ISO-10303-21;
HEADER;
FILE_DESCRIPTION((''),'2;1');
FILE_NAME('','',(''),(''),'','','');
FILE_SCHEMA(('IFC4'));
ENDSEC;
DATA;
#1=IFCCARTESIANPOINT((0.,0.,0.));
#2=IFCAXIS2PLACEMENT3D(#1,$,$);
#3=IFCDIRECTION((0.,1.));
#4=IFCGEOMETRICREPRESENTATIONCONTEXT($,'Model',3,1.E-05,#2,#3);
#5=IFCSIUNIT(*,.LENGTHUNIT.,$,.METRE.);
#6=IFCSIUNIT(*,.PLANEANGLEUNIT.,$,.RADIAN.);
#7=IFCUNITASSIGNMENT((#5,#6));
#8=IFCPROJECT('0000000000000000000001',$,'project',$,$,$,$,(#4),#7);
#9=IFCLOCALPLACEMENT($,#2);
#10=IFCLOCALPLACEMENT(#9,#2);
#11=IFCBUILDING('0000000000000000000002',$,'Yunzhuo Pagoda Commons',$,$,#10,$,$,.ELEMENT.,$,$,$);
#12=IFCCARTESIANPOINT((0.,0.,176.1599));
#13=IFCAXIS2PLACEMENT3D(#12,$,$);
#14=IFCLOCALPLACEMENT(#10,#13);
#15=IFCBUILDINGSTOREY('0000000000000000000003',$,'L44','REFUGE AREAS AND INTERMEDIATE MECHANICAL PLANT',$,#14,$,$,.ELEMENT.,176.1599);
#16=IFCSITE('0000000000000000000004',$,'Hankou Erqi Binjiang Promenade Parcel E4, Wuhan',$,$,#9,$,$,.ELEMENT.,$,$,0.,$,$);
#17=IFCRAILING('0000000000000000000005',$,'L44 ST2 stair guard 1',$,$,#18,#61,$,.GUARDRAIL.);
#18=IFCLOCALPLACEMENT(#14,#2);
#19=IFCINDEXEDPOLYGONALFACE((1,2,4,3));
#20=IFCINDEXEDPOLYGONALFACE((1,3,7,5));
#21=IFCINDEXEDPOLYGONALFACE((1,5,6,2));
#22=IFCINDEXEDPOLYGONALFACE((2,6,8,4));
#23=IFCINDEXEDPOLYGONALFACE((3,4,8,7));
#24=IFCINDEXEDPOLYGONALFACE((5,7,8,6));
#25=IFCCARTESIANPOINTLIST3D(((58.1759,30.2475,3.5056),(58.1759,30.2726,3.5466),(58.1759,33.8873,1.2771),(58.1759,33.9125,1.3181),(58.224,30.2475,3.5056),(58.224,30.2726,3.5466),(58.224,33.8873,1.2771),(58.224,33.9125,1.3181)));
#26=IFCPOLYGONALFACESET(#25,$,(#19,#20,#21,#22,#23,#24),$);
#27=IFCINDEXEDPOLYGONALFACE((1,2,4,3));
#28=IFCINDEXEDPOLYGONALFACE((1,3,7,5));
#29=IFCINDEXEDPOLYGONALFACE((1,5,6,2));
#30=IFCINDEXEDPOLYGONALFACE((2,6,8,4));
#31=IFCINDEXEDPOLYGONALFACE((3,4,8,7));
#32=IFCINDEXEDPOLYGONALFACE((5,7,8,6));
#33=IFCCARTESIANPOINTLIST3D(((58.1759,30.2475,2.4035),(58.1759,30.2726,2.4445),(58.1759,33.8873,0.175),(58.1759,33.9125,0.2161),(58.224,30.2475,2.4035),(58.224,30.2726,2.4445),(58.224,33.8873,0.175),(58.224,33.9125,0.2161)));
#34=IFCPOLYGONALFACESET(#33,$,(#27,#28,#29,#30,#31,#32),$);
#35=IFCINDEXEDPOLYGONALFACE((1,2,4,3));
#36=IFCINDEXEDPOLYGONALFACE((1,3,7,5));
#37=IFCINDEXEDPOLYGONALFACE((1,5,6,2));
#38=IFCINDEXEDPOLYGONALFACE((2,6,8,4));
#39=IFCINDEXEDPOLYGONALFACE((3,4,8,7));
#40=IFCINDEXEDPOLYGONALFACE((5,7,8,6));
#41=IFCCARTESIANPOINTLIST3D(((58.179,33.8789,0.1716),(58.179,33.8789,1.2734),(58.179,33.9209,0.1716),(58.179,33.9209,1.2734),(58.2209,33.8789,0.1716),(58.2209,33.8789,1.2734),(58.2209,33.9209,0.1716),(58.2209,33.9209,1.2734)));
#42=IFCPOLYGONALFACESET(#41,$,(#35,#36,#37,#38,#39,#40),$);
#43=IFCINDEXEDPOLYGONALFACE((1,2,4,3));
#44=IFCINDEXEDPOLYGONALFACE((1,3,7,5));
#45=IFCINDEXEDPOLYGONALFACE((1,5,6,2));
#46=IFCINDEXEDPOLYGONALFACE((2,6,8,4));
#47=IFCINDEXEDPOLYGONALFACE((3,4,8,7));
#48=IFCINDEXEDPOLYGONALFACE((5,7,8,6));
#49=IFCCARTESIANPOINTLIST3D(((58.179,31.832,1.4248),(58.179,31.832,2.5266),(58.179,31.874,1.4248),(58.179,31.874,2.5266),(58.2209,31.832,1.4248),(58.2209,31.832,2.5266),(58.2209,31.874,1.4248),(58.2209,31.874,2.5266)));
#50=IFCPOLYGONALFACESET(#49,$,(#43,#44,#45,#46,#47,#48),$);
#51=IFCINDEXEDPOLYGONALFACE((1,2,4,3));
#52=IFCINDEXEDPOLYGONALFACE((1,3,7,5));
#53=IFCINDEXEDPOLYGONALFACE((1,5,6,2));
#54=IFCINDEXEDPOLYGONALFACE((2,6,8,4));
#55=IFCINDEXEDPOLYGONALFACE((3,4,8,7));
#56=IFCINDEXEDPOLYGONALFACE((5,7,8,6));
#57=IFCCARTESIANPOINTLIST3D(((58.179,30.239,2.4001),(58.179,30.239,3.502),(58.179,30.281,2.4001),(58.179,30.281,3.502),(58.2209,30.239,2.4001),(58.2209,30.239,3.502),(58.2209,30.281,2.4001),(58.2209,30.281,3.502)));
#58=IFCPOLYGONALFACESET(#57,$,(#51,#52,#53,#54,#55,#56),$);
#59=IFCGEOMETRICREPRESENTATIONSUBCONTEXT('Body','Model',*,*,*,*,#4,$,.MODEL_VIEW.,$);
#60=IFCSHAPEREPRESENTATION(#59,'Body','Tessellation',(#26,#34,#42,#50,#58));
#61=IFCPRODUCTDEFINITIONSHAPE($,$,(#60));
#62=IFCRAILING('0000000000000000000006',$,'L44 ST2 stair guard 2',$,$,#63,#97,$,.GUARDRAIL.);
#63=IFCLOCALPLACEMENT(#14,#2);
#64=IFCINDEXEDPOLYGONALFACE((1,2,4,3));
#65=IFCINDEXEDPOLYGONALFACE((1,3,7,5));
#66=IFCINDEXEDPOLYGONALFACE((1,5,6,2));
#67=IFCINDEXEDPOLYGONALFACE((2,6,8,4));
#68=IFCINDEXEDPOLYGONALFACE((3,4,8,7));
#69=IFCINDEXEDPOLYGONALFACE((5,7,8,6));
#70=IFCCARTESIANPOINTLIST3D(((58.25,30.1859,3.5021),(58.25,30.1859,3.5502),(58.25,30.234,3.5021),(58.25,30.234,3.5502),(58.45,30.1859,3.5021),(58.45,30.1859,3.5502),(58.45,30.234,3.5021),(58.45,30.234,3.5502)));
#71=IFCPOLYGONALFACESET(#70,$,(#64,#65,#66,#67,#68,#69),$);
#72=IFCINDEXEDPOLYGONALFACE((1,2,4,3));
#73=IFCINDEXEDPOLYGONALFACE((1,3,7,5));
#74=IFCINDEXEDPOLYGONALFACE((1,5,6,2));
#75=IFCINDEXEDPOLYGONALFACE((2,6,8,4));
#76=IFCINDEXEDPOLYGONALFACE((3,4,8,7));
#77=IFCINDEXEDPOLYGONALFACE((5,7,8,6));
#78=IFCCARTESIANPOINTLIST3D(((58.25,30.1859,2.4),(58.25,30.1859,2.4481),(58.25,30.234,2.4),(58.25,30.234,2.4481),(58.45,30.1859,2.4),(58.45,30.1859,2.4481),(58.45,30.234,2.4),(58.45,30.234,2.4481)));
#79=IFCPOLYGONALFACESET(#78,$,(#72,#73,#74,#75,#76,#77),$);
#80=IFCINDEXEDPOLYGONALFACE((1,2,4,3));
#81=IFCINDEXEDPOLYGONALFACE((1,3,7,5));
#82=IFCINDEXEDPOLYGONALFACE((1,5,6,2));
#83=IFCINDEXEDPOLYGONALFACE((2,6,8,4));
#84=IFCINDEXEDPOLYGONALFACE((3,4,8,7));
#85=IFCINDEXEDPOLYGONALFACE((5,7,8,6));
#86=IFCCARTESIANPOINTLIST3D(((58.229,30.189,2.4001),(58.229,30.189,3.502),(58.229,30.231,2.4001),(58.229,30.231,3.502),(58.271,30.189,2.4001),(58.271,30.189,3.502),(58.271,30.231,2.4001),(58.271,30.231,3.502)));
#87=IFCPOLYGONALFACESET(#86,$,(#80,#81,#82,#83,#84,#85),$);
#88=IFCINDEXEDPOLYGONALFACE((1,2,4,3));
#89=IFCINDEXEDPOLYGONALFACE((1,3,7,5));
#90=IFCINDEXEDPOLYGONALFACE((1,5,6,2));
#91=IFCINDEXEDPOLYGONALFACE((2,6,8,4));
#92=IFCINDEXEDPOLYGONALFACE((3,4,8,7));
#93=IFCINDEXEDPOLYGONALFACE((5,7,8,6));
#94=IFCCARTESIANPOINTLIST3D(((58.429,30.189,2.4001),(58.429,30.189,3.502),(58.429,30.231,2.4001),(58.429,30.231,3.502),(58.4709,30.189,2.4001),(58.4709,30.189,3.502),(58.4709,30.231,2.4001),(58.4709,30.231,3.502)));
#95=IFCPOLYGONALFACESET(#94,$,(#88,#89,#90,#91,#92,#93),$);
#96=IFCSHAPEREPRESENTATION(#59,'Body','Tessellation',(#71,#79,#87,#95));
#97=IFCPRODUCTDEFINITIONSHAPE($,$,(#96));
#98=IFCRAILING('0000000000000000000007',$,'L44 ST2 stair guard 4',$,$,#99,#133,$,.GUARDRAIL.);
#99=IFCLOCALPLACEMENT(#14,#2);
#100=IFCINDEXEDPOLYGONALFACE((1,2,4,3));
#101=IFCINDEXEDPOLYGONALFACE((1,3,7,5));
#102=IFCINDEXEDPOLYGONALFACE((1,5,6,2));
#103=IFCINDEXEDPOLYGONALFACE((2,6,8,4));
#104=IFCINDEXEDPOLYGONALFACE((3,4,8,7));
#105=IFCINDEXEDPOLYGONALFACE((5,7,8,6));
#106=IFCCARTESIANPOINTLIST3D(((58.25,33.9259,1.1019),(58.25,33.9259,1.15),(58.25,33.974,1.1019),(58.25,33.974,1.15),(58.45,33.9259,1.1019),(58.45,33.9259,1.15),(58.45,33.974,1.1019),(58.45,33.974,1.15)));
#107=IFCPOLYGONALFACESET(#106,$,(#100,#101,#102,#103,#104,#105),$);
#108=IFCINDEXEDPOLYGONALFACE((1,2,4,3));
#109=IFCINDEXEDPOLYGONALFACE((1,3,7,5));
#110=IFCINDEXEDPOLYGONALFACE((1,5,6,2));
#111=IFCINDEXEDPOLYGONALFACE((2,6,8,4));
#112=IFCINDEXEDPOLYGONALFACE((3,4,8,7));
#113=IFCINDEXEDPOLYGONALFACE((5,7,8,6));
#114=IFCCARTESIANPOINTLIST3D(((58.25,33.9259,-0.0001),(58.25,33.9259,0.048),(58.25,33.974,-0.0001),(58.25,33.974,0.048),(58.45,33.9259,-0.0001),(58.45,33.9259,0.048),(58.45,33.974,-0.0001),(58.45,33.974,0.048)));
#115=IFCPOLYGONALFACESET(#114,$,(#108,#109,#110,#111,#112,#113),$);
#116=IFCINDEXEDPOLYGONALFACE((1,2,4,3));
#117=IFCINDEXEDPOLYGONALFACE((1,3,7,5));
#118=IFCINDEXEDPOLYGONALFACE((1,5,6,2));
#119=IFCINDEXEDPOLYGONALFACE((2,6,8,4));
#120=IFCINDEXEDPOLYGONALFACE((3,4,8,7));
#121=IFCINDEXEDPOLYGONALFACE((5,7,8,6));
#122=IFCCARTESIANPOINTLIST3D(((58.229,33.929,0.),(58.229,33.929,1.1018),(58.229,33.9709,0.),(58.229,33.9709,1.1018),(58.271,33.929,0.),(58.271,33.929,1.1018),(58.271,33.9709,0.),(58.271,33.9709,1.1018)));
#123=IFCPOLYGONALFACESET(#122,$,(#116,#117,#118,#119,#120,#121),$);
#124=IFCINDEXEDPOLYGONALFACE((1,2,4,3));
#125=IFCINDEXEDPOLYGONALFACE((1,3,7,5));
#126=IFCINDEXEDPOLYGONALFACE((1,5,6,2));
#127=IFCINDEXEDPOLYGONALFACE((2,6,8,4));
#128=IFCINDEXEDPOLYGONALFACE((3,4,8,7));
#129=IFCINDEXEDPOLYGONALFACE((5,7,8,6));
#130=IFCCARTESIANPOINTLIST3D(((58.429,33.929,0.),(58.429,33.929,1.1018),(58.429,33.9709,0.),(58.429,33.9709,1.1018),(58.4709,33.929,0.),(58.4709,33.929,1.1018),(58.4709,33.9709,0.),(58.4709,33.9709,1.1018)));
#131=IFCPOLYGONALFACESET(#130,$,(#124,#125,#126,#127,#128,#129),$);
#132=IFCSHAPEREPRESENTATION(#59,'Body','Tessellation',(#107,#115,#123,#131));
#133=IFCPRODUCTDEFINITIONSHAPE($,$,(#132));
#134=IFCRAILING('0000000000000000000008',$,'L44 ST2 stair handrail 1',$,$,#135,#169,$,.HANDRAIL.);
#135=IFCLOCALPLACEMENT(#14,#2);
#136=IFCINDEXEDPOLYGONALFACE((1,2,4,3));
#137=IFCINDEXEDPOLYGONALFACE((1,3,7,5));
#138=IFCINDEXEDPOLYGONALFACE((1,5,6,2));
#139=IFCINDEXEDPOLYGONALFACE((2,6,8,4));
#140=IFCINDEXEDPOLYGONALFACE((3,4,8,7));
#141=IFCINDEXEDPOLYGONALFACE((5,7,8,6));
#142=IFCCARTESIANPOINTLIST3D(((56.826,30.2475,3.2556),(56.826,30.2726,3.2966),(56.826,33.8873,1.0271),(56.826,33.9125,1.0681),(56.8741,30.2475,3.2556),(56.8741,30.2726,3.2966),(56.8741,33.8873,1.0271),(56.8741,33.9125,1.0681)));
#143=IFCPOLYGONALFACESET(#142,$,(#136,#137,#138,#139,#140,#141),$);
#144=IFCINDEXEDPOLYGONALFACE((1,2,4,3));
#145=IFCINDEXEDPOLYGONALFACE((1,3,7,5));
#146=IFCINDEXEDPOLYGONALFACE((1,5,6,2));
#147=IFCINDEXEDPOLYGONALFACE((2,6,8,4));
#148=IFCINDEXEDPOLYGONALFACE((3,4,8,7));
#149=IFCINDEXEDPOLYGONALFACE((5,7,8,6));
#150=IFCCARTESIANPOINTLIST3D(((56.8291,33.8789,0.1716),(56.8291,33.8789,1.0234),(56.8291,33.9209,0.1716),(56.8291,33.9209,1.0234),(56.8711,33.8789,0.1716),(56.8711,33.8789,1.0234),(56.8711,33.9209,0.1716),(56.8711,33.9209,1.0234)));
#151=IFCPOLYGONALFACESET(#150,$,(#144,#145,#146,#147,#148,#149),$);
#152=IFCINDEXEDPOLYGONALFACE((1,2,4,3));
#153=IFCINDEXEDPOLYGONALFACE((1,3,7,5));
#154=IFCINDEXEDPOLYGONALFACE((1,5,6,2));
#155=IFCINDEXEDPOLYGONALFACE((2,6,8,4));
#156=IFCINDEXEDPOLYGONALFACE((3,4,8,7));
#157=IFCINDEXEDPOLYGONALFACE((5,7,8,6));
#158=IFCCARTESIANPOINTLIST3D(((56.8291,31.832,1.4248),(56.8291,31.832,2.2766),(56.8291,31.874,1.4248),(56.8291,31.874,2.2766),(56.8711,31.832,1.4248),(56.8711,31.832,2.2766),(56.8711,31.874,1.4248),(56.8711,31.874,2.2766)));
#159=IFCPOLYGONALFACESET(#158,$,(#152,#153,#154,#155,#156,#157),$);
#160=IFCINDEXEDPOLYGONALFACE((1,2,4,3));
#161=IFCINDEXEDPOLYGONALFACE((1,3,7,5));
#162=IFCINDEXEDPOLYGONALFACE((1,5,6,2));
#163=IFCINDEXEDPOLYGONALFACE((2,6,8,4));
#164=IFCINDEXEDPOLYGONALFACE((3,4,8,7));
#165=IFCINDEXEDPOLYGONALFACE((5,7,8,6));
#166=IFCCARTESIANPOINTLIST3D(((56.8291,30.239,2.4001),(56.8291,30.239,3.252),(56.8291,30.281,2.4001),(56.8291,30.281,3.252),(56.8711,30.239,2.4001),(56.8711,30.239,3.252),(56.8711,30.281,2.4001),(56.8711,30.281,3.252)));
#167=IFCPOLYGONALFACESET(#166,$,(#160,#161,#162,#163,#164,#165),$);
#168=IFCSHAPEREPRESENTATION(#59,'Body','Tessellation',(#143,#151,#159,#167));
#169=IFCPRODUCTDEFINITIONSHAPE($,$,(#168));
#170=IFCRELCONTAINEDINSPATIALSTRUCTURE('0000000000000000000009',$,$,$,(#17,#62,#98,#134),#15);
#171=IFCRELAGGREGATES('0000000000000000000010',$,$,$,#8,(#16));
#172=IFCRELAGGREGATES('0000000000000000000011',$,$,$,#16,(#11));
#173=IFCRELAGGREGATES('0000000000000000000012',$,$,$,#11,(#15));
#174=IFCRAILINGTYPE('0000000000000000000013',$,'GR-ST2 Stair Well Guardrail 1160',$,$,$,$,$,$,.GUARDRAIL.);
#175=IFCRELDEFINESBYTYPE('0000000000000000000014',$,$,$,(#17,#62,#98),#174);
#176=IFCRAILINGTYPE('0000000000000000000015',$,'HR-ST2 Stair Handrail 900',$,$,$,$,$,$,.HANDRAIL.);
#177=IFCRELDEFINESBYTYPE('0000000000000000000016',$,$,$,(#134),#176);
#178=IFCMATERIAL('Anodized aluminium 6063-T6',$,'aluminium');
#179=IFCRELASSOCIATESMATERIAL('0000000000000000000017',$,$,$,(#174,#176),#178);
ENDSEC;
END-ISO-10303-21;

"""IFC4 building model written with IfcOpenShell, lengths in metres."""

from ifc_helpers import new_model, si_unit, direction, frame, origin, origin_2d, place, context, subcontext, project, spatial, rectangle, extrude, material, type_object, element, save


model = new_model("IFC4")

# Units and contexts
model_context = context("Model", 3, precision=1e-05, world=origin(), true_north=direction((0.0, 1.0)))
body_context = subcontext(model_context, "Body", "Model", "MODEL_VIEW")
ifc_project = project(units=[si_unit("LENGTHUNIT", "METRE"), si_unit("PLANEANGLEUNIT", "RADIAN")], contexts=[model_context])

# Site, building, storey
site_placement = place(None, origin())
site = spatial("IfcSite", under=ifc_project, at=site_placement, Name="Hankou Erqi Binjiang Promenade Parcel E4, Wuhan", CompositionType="ELEMENT", RefElevation=0.0)
building_placement = place(site_placement, origin())
building = spatial("IfcBuilding", under=site, at=building_placement, Name="Yunzhuo Pagoda Commons", CompositionType="ELEMENT")
storey_placement = place(building_placement, frame((0.0, 0.0, 176.1599)))
storey = spatial("IfcBuildingStorey", under=building, at=storey_placement, Name="L44", Description="REFUGE AREAS AND INTERMEDIATE MECHANICAL PLANT", CompositionType="ELEMENT", Elevation=176.1599)

# Railings
ifc_material_1 = material(Name="Anodized aluminium 6063-T6", Category="aluminium")
railing_type_1 = type_object("IfcRailingType", Name="GR-ST2 Stair Well Guardrail 1160", PredefinedType="GUARDRAIL", material=ifc_material_1)
railing_1_placement = place(storey_placement, frame((58.2, 33.8999, 0.1716)))
element("IfcRailing", 1, at=railing_1_placement, inside=storey, type_object=railing_type_1, Name="L44 ST2 stair guard 1", PredefinedType="GUARDRAIL", context=body_context, shape_type="SweptSolid", body=[
    extrude(rectangle(XDim=0.0481, YDim=0.0481, at=origin_2d()), frame((0.0, 0.0, 1.126), z_axis=(0.0, -0.85285, 0.522156), x_axis=(1.0, 0.0, 0.0)), (0.0, 0.0, 1.0), 4.2678),
    extrude(rectangle(XDim=0.0481, YDim=0.0481, at=origin_2d()), frame((0.0, 0.0, 0.0239), z_axis=(0.0, -0.85285, 0.522156), x_axis=(1.0, 0.0, 0.0)), (0.0, 0.0, 1.0), 4.2678),
    extrude(rectangle(XDim=0.042, YDim=0.042, at=origin_2d()), origin(), (0.0, 0.0, 1.0), 1.1018),
    extrude(rectangle(XDim=0.042, YDim=0.042, at=origin_2d()), frame((0.0, -2.0469, 1.2532)), (0.0, 0.0, 1.0), 1.1018),
    extrude(rectangle(XDim=0.042, YDim=0.042, at=origin_2d()), frame((0.0, -3.6399, 2.2285)), (0.0, 0.0, 1.0), 1.1018),
])
for number, where, name in (
    (2, (58.25, 30.21, 2.4001), "L44 ST2 stair guard 2"),
    (3, (58.25, 33.95, 0.0), "L44 ST2 stair guard 4"),
):
    element("IfcRailing", number, at=place(storey_placement, frame(where)), inside=storey, type_object=railing_type_1, Name=name, PredefinedType="GUARDRAIL", context=body_context, shape_type="SweptSolid", body=[
        extrude(rectangle(XDim=0.0481, YDim=0.0481, at=origin_2d()), frame((0.0, 0.0, 1.126), z_axis=(1.0, 0.0, 0.0), x_axis=(0.0, 1.0, 0.0)), (0.0, 0.0, 1.0), 0.2),
        extrude(rectangle(XDim=0.0481, YDim=0.0481, at=origin_2d()), frame((0.0, 0.0, 0.0239), z_axis=(1.0, 0.0, 0.0), x_axis=(0.0, 1.0, 0.0)), (0.0, 0.0, 1.0), 0.2),
        extrude(rectangle(XDim=0.042, YDim=0.042, at=origin_2d()), origin(), (0.0, 0.0, 1.0), 1.1018),
        extrude(rectangle(XDim=0.042, YDim=0.042, at=origin_2d()), frame((0.2, 0.0, 0.0)), (0.0, 0.0, 1.0), 1.1018),
    ])
railing_type_2 = type_object("IfcRailingType", Name="HR-ST2 Stair Handrail 900", PredefinedType="HANDRAIL", material=ifc_material_1)
railing_2_placement = place(storey_placement, frame((56.8501, 33.8999, 0.1716)))
element("IfcRailing", 4, at=railing_2_placement, inside=storey, type_object=railing_type_2, Name="L44 ST2 stair handrail 1", PredefinedType="HANDRAIL", context=body_context, shape_type="SweptSolid", body=[
    extrude(rectangle(XDim=0.0481, YDim=0.0481, at=origin_2d()), frame((0.0, 0.0, 0.876), z_axis=(0.0, -0.85285, 0.522156), x_axis=(1.0, 0.0, 0.0)), (0.0, 0.0, 1.0), 4.2678),
    extrude(rectangle(XDim=0.042, YDim=0.042, at=origin_2d()), origin(), (0.0, 0.0, 1.0), 0.8518),
    extrude(rectangle(XDim=0.042, YDim=0.042, at=origin_2d()), frame((0.0, -2.0469, 1.2532)), (0.0, 0.0, 1.0), 0.8518),
    extrude(rectangle(XDim=0.042, YDim=0.042, at=origin_2d()), frame((0.0, -3.6399, 2.2285)), (0.0, 0.0, 1.0), 0.8518),
])

save(model, "model.ifc")
